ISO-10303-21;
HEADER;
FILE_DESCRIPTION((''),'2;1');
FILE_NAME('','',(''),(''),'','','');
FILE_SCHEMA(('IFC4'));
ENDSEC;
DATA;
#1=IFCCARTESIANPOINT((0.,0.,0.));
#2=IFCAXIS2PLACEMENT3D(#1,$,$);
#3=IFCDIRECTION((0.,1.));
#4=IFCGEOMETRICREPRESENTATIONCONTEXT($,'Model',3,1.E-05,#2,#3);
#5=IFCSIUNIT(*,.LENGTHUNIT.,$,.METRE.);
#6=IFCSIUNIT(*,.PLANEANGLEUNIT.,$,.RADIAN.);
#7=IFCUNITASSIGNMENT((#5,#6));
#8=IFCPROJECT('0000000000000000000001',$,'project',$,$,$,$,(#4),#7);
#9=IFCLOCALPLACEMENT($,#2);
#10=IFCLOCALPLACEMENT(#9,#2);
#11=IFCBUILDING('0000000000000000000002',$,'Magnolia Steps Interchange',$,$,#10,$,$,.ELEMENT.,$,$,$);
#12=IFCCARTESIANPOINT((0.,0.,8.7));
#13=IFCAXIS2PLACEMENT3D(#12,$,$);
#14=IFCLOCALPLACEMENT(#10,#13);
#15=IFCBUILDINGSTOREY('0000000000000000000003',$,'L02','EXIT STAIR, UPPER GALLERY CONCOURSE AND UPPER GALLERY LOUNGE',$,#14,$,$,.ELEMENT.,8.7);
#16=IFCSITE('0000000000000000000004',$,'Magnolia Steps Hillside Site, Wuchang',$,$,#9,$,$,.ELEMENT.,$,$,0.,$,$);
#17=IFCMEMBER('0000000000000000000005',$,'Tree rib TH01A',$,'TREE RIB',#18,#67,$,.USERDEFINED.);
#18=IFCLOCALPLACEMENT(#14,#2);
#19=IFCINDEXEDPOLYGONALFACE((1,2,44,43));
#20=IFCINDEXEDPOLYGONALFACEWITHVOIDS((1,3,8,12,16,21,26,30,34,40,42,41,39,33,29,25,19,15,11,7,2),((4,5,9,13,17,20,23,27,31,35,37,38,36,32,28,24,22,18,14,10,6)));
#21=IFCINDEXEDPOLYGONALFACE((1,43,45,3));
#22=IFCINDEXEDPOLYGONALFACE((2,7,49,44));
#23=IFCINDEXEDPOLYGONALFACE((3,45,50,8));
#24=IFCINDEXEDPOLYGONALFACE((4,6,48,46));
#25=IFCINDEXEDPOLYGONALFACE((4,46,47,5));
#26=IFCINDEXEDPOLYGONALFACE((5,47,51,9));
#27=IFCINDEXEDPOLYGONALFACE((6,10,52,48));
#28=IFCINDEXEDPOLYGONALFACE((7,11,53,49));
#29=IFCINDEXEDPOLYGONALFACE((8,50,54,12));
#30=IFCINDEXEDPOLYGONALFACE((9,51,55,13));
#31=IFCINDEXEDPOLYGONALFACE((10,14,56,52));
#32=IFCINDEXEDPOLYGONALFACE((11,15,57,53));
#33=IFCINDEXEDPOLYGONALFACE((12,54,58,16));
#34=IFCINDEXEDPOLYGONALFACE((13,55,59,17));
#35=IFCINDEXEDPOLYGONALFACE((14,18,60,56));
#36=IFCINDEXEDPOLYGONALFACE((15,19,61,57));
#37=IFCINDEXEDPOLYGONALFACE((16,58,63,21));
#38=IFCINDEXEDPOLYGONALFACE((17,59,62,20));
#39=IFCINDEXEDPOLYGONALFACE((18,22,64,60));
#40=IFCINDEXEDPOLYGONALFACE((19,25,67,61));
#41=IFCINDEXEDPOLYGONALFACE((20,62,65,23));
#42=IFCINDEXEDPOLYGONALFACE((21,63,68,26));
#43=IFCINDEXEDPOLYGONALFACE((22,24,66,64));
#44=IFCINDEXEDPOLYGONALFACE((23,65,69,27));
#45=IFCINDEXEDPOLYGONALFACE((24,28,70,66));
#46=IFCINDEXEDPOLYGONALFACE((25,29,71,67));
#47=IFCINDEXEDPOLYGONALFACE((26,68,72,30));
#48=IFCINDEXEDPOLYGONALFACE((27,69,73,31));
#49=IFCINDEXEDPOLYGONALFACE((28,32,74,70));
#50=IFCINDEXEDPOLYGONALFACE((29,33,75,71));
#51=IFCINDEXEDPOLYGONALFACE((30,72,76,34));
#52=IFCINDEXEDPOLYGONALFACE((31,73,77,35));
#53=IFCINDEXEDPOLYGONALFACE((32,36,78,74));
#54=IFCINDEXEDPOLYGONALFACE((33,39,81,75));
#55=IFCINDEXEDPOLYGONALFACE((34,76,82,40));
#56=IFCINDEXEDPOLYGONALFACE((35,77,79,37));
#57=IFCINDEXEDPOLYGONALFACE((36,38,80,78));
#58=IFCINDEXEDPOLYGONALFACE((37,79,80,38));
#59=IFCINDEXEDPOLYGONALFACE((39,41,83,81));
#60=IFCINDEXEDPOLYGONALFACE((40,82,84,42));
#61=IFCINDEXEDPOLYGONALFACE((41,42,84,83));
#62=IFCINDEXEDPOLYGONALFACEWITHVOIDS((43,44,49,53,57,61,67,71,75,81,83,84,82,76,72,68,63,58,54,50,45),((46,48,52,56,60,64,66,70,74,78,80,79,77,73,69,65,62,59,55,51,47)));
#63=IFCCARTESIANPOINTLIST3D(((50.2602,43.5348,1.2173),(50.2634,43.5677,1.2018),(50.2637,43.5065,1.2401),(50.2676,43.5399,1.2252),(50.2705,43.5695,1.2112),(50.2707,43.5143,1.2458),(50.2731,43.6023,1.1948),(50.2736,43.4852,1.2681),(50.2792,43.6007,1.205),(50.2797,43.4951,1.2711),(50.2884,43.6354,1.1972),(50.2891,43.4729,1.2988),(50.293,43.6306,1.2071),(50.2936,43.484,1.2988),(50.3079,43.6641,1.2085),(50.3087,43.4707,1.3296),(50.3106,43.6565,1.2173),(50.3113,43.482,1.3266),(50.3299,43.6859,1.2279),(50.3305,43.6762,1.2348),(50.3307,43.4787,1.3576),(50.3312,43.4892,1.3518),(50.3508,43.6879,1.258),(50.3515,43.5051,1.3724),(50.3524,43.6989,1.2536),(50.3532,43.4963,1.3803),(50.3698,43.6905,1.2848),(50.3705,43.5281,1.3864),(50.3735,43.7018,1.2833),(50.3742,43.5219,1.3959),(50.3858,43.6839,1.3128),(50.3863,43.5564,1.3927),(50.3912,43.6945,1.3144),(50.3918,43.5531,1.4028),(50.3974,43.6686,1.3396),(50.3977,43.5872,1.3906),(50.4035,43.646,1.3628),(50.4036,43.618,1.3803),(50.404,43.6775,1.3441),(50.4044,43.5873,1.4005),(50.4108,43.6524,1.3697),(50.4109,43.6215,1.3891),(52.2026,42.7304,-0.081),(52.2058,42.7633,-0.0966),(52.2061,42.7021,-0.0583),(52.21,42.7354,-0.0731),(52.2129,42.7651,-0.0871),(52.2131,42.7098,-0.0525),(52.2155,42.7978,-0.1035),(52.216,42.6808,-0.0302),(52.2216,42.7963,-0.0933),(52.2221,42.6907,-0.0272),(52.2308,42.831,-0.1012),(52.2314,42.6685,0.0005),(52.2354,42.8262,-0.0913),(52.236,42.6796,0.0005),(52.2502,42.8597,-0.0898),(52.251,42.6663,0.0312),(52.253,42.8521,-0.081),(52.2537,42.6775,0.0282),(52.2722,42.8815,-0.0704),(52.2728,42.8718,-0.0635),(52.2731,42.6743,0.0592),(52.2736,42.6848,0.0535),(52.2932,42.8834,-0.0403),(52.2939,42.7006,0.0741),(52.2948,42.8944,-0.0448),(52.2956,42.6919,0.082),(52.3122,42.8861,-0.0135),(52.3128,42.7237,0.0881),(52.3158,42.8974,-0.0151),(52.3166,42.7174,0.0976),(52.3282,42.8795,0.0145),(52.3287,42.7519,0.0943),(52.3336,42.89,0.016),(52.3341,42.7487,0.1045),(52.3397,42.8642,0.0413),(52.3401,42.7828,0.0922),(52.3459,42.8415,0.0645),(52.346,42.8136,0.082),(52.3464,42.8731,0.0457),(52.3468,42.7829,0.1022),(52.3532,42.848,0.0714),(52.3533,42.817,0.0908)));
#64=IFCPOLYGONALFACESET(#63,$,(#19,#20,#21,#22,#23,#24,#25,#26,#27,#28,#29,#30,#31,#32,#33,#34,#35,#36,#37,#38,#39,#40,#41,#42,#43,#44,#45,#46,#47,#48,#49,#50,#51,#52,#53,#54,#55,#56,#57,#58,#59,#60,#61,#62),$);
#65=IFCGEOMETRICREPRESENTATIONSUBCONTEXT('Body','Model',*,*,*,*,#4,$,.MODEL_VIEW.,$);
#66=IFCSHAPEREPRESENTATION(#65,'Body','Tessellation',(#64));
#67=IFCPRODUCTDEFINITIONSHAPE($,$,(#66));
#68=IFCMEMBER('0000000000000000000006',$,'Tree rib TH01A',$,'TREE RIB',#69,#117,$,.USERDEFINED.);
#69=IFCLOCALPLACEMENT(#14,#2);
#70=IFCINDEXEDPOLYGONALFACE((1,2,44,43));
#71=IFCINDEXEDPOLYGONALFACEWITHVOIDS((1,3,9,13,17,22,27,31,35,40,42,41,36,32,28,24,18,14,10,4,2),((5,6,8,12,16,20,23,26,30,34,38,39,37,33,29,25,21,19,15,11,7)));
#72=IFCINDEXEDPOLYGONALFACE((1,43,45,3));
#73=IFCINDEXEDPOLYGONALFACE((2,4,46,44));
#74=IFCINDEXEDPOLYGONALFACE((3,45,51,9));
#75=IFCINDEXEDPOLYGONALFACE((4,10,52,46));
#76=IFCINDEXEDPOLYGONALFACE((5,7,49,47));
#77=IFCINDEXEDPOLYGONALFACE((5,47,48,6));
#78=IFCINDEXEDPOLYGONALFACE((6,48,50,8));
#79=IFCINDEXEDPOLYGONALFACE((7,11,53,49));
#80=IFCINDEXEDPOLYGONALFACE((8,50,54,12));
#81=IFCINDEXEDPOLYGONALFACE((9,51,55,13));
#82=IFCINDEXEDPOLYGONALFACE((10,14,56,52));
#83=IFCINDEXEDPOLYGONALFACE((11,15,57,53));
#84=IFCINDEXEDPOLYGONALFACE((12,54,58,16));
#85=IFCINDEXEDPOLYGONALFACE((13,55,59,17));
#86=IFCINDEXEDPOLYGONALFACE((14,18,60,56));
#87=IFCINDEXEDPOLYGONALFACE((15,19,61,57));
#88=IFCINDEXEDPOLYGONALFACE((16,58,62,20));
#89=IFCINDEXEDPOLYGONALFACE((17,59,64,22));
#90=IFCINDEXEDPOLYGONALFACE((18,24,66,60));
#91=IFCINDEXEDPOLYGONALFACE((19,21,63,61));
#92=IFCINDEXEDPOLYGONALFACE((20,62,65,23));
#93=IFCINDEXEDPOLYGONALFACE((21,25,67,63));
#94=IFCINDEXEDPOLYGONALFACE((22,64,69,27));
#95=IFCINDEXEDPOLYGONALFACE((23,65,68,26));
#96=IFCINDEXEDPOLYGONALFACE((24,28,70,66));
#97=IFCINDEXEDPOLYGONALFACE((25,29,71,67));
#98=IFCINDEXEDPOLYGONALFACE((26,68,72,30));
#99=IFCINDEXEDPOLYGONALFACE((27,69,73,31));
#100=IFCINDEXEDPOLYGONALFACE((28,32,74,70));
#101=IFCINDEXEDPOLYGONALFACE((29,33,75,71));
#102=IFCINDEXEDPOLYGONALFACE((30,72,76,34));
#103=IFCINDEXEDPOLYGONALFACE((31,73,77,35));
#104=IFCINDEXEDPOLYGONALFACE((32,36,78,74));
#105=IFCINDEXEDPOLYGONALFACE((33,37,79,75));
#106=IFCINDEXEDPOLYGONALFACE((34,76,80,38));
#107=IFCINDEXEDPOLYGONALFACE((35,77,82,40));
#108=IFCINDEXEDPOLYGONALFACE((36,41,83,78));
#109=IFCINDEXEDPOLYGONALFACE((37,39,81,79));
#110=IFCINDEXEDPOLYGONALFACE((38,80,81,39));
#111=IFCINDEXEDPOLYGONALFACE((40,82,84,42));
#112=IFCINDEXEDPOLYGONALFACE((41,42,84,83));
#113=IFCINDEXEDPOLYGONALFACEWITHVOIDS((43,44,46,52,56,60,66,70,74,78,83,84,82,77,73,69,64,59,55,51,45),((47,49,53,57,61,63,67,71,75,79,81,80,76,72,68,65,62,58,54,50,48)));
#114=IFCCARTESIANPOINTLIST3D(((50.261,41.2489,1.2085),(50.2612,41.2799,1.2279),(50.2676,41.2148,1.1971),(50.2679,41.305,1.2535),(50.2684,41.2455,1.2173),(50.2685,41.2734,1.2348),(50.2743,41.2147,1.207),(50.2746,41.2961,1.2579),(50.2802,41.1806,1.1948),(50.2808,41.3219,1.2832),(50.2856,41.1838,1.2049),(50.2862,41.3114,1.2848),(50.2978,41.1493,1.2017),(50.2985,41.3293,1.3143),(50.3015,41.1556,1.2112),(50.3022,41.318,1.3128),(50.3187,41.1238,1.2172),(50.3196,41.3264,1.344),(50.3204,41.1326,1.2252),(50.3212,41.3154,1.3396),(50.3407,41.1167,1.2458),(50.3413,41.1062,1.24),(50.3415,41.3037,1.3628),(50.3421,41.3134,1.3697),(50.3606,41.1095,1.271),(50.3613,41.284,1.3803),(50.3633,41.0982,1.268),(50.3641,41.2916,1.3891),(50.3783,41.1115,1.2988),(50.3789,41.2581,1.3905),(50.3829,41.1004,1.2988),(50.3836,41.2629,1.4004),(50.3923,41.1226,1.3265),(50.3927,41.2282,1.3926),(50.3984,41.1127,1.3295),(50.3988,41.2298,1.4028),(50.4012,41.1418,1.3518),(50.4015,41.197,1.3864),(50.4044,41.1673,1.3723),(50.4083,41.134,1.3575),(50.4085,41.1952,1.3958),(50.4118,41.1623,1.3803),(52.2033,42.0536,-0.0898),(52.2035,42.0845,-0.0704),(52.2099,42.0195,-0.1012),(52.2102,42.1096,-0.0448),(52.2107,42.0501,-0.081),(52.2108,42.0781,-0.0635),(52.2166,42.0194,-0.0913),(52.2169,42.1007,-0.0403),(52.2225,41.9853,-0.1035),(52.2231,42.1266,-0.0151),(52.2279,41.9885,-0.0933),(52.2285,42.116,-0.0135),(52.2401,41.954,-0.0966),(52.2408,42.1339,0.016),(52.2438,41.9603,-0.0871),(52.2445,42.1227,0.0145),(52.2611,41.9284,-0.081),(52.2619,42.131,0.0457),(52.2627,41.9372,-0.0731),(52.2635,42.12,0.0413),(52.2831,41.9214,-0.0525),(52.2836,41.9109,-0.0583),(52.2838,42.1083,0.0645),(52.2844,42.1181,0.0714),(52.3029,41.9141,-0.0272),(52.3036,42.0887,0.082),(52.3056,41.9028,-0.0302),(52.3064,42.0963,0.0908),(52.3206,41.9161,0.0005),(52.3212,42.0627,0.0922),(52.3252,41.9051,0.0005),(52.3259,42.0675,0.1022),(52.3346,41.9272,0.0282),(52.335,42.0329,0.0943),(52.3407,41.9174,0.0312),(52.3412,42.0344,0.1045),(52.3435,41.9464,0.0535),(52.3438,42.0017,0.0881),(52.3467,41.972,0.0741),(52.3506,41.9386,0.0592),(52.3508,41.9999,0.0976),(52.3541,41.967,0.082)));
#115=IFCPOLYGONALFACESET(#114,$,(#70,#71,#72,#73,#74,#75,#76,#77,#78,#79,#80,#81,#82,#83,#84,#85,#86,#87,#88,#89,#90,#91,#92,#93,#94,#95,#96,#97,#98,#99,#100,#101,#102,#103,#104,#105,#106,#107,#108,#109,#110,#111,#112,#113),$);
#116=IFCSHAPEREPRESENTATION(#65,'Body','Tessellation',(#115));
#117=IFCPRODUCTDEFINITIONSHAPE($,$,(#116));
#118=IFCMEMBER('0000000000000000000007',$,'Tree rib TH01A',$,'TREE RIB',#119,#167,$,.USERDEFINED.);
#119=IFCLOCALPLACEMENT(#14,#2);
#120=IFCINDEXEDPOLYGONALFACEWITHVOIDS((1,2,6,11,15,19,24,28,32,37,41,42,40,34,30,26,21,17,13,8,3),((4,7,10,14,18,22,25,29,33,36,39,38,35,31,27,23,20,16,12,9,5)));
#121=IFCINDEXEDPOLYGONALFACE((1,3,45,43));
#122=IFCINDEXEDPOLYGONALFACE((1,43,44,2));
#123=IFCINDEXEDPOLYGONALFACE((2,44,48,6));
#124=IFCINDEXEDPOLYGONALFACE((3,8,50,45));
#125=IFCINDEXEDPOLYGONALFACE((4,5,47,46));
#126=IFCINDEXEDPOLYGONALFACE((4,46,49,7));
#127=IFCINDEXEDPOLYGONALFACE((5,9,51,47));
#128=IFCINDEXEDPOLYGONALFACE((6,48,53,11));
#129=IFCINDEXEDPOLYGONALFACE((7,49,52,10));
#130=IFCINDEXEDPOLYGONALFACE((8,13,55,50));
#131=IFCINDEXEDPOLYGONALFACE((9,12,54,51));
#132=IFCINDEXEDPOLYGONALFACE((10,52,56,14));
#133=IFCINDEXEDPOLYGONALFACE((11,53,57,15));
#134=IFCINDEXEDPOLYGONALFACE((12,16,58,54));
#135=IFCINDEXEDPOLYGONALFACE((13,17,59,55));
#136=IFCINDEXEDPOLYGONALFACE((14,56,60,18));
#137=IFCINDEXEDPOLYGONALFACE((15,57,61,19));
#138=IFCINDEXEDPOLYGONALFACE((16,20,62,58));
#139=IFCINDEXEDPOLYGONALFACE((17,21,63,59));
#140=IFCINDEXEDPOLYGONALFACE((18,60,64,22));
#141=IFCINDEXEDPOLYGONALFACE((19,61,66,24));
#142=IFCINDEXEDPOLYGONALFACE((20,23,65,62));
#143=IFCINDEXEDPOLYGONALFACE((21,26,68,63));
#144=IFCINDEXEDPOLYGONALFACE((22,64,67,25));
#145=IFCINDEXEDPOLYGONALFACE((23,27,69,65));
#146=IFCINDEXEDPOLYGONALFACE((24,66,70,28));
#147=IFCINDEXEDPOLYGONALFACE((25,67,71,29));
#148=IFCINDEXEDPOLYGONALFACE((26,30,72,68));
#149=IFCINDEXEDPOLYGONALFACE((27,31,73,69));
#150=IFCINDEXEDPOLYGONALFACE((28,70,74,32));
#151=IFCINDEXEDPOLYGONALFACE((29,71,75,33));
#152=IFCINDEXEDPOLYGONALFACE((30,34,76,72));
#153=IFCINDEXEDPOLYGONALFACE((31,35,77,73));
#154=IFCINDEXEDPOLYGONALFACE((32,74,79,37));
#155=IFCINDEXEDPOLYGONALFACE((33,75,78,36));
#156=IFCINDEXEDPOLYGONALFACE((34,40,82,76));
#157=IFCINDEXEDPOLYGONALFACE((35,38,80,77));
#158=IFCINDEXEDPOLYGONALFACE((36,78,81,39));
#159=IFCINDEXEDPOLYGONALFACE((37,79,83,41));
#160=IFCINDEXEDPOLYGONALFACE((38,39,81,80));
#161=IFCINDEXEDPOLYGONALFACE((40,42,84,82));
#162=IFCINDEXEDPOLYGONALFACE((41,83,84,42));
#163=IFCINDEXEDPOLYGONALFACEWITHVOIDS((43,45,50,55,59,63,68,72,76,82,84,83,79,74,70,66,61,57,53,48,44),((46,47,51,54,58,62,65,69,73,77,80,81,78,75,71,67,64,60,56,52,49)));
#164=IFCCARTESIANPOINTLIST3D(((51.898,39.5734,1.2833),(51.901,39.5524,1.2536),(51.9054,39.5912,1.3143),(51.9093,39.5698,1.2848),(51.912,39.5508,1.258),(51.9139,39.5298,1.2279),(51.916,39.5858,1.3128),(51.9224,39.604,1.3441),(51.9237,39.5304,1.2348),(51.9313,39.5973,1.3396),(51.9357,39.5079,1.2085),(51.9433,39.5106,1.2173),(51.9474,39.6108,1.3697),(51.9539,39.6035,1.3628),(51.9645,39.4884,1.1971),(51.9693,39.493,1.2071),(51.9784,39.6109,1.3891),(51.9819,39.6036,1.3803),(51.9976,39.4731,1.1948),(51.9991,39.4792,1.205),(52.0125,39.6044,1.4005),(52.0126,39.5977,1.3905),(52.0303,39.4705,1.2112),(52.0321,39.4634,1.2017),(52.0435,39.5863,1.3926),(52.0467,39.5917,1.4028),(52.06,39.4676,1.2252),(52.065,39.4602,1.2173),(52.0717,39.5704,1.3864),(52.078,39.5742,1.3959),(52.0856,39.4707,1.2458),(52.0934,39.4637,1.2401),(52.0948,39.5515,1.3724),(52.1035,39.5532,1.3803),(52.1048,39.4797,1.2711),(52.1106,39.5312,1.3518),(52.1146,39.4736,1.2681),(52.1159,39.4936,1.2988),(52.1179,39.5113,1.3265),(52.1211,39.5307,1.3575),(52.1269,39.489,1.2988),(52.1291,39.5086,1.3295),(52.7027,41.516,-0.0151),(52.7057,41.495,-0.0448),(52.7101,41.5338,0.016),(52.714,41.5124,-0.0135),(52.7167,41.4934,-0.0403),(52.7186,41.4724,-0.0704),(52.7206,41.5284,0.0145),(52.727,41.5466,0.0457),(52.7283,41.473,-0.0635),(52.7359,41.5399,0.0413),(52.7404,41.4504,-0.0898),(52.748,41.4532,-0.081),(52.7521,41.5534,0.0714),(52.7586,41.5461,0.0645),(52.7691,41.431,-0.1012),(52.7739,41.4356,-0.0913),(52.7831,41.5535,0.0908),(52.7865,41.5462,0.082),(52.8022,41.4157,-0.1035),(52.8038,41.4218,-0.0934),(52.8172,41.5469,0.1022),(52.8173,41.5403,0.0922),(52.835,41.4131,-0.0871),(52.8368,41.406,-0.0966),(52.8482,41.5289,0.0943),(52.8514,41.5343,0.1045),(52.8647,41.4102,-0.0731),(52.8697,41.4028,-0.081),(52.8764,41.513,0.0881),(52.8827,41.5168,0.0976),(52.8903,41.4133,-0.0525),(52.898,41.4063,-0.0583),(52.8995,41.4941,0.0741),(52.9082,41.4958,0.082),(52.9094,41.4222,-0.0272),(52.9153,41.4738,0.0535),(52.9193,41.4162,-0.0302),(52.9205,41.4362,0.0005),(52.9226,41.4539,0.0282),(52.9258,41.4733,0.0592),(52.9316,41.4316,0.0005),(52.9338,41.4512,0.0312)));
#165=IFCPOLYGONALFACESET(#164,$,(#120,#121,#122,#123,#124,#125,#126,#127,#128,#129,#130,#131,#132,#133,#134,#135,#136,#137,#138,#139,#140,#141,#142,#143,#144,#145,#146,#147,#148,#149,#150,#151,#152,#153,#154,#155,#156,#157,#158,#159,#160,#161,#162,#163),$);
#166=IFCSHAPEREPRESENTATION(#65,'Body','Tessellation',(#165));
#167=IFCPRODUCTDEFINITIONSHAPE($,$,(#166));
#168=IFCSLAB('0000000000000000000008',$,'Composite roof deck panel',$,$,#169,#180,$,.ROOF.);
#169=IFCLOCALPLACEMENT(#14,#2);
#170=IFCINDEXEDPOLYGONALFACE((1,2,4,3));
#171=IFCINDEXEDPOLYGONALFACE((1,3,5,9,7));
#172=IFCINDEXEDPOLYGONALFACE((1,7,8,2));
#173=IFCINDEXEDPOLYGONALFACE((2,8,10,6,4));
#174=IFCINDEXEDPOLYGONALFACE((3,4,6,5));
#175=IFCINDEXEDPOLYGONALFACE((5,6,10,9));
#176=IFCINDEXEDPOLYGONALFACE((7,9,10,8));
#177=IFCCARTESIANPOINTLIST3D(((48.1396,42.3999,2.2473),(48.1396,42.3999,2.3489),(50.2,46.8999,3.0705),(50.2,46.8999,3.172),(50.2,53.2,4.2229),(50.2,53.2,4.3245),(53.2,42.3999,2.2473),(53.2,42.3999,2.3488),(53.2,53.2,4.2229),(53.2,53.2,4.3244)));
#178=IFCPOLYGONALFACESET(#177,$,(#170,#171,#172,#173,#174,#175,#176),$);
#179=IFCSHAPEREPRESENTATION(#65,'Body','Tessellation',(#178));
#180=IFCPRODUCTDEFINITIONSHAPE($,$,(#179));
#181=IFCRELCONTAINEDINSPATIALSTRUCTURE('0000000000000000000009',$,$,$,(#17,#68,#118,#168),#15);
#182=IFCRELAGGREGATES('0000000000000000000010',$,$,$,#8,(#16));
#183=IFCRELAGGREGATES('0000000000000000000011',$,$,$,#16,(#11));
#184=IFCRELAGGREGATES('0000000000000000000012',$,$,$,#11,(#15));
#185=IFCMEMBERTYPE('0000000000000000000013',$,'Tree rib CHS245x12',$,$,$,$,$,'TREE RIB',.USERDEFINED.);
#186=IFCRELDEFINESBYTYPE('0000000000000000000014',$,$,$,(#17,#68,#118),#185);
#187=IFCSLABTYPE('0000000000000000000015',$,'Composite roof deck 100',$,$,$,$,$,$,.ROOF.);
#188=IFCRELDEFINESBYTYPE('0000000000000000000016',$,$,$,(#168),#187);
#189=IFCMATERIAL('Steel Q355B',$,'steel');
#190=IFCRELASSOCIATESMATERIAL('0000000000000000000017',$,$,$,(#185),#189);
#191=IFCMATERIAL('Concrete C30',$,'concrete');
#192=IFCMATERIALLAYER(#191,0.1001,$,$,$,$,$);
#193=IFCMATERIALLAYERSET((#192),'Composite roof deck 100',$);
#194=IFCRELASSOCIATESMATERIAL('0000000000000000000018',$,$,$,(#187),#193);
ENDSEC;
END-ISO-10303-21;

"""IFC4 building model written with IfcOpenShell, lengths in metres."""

from ifc_helpers import new_model, si_unit, direction, frame, origin, origin_2d, place, context, subcontext, project, spatial, polyline, hollow_circle, outline, extrude, material, layer, layer_set, material_profile, profile_set, type_object, element, save


model = new_model("IFC4")

# Units and contexts
model_context = context("Model", 3, precision=1e-05, world=origin(), true_north=direction((0.0, 1.0)))
body_context = subcontext(model_context, "Body", "Model", "MODEL_VIEW")
ifc_project = project(units=[si_unit("LENGTHUNIT", "METRE"), si_unit("PLANEANGLEUNIT", "RADIAN")], contexts=[model_context])

# Site, building, storey
site_placement = place(None, origin())
site = spatial("IfcSite", under=ifc_project, at=site_placement, Name="Magnolia Steps Hillside Site, Wuchang", CompositionType="ELEMENT", RefElevation=0.0)
building_placement = place(site_placement, origin())
building = spatial("IfcBuilding", under=site, at=building_placement, Name="Magnolia Steps Interchange", CompositionType="ELEMENT")
storey_placement = place(building_placement, frame((0.0, 0.0, 8.7)))
storey = spatial("IfcBuildingStorey", under=building, at=storey_placement, Name="L02", Description="EXIT STAIR, UPPER GALLERY CONCOURSE AND UPPER GALLERY LOUNGE", CompositionType="ELEMENT", Elevation=8.7)

# Members
ifc_material_1 = material(Name="Steel Q355B", Category="steel")
ifc_material_profile_1 = material_profile(ifc_material_1, hollow_circle(Radius=0.1226, WallThickness=0.012, at=origin_2d()), Name="CHS245x12")
ifc_profile_set_1 = profile_set([ifc_material_profile_1], Name="Steel Q355B")
member_type_1 = type_object("IfcMemberType", Name="Tree rib CHS245x12", ElementType="TREE RIB", PredefinedType="USERDEFINED", material=ifc_profile_set_1)
for number, where, z_axis, x_axis, name in (
    (1, (52.2783, 42.7817, 0.0005), (-0.786083, 0.325558, 0.525438), (-0.382636, -0.923899, 0.0), "Tree rib TH01A"),
    (2, (52.2783, 42.0183, 0.0005), (-0.786058, -0.325647, 0.525422), (0.382735, -0.923858, 0.0), "Tree rib TH01A"),
):
    element("IfcMember", number, at=place(storey_placement, frame(where, z_axis=z_axis, x_axis=x_axis)), inside=storey, type_object=member_type_1, Name=name, ObjectType="TREE RIB", PredefinedType="USERDEFINED", context=body_context, shape_type="SweptSolid", body=[
        extrude(hollow_circle(Radius=0.1226, WallThickness=0.012, at=origin_2d()), origin(), (0.0, 0.0, 1.0), 2.4709),
    ])
member_1_placement = place(storey_placement, frame((52.8184, 41.4785, 0.0005), z_axis=(-0.325621, -0.786095, 0.525381), x_axis=(0.923875, -0.382694, 0.0)))
element("IfcMember", 3, at=member_1_placement, inside=storey, type_object=member_type_1, Name="Tree rib TH01A", ObjectType="TREE RIB", PredefinedType="USERDEFINED", context=body_context, shape_type="SweptSolid", body=[
    extrude(hollow_circle(Radius=0.1226, WallThickness=0.012, at=origin_2d()), origin(), (0.0, 0.0, 1.0), 2.4712),
])

# Slab
ifc_material_2 = material(Name="Concrete C30", Category="concrete")
ifc_layer_1 = layer(ifc_material_2, 0.1001)
ifc_layer_set_1 = layer_set([ifc_layer_1], Name="Composite roof deck 100")
slab_type = type_object("IfcSlabType", Name="Composite roof deck 100", PredefinedType="ROOF", material=ifc_layer_set_1)
slab_placement = place(storey_placement, frame((48.1396, 42.3999, 2.3489), z_axis=(0.000012, -0.17994, 0.983678), x_axis=(1.0, 0.000002, -0.000012)))
element("IfcSlab", 4, at=slab_placement, inside=storey, type_object=slab_type, Name="Composite roof deck panel", PredefinedType="ROOF", context=body_context, shape_type="SweptSolid", body=[
    extrude(outline(polyline([(0.0, 0.0), (5.0603, 0.0), (5.0603, 10.9793), (2.0603, 10.9793), (2.0603, 4.5747), (0.0, 0.0)])), origin(), (0.000012, -0.17994, -0.983678), 0.1016),
])

save(model, "model.ifc")
